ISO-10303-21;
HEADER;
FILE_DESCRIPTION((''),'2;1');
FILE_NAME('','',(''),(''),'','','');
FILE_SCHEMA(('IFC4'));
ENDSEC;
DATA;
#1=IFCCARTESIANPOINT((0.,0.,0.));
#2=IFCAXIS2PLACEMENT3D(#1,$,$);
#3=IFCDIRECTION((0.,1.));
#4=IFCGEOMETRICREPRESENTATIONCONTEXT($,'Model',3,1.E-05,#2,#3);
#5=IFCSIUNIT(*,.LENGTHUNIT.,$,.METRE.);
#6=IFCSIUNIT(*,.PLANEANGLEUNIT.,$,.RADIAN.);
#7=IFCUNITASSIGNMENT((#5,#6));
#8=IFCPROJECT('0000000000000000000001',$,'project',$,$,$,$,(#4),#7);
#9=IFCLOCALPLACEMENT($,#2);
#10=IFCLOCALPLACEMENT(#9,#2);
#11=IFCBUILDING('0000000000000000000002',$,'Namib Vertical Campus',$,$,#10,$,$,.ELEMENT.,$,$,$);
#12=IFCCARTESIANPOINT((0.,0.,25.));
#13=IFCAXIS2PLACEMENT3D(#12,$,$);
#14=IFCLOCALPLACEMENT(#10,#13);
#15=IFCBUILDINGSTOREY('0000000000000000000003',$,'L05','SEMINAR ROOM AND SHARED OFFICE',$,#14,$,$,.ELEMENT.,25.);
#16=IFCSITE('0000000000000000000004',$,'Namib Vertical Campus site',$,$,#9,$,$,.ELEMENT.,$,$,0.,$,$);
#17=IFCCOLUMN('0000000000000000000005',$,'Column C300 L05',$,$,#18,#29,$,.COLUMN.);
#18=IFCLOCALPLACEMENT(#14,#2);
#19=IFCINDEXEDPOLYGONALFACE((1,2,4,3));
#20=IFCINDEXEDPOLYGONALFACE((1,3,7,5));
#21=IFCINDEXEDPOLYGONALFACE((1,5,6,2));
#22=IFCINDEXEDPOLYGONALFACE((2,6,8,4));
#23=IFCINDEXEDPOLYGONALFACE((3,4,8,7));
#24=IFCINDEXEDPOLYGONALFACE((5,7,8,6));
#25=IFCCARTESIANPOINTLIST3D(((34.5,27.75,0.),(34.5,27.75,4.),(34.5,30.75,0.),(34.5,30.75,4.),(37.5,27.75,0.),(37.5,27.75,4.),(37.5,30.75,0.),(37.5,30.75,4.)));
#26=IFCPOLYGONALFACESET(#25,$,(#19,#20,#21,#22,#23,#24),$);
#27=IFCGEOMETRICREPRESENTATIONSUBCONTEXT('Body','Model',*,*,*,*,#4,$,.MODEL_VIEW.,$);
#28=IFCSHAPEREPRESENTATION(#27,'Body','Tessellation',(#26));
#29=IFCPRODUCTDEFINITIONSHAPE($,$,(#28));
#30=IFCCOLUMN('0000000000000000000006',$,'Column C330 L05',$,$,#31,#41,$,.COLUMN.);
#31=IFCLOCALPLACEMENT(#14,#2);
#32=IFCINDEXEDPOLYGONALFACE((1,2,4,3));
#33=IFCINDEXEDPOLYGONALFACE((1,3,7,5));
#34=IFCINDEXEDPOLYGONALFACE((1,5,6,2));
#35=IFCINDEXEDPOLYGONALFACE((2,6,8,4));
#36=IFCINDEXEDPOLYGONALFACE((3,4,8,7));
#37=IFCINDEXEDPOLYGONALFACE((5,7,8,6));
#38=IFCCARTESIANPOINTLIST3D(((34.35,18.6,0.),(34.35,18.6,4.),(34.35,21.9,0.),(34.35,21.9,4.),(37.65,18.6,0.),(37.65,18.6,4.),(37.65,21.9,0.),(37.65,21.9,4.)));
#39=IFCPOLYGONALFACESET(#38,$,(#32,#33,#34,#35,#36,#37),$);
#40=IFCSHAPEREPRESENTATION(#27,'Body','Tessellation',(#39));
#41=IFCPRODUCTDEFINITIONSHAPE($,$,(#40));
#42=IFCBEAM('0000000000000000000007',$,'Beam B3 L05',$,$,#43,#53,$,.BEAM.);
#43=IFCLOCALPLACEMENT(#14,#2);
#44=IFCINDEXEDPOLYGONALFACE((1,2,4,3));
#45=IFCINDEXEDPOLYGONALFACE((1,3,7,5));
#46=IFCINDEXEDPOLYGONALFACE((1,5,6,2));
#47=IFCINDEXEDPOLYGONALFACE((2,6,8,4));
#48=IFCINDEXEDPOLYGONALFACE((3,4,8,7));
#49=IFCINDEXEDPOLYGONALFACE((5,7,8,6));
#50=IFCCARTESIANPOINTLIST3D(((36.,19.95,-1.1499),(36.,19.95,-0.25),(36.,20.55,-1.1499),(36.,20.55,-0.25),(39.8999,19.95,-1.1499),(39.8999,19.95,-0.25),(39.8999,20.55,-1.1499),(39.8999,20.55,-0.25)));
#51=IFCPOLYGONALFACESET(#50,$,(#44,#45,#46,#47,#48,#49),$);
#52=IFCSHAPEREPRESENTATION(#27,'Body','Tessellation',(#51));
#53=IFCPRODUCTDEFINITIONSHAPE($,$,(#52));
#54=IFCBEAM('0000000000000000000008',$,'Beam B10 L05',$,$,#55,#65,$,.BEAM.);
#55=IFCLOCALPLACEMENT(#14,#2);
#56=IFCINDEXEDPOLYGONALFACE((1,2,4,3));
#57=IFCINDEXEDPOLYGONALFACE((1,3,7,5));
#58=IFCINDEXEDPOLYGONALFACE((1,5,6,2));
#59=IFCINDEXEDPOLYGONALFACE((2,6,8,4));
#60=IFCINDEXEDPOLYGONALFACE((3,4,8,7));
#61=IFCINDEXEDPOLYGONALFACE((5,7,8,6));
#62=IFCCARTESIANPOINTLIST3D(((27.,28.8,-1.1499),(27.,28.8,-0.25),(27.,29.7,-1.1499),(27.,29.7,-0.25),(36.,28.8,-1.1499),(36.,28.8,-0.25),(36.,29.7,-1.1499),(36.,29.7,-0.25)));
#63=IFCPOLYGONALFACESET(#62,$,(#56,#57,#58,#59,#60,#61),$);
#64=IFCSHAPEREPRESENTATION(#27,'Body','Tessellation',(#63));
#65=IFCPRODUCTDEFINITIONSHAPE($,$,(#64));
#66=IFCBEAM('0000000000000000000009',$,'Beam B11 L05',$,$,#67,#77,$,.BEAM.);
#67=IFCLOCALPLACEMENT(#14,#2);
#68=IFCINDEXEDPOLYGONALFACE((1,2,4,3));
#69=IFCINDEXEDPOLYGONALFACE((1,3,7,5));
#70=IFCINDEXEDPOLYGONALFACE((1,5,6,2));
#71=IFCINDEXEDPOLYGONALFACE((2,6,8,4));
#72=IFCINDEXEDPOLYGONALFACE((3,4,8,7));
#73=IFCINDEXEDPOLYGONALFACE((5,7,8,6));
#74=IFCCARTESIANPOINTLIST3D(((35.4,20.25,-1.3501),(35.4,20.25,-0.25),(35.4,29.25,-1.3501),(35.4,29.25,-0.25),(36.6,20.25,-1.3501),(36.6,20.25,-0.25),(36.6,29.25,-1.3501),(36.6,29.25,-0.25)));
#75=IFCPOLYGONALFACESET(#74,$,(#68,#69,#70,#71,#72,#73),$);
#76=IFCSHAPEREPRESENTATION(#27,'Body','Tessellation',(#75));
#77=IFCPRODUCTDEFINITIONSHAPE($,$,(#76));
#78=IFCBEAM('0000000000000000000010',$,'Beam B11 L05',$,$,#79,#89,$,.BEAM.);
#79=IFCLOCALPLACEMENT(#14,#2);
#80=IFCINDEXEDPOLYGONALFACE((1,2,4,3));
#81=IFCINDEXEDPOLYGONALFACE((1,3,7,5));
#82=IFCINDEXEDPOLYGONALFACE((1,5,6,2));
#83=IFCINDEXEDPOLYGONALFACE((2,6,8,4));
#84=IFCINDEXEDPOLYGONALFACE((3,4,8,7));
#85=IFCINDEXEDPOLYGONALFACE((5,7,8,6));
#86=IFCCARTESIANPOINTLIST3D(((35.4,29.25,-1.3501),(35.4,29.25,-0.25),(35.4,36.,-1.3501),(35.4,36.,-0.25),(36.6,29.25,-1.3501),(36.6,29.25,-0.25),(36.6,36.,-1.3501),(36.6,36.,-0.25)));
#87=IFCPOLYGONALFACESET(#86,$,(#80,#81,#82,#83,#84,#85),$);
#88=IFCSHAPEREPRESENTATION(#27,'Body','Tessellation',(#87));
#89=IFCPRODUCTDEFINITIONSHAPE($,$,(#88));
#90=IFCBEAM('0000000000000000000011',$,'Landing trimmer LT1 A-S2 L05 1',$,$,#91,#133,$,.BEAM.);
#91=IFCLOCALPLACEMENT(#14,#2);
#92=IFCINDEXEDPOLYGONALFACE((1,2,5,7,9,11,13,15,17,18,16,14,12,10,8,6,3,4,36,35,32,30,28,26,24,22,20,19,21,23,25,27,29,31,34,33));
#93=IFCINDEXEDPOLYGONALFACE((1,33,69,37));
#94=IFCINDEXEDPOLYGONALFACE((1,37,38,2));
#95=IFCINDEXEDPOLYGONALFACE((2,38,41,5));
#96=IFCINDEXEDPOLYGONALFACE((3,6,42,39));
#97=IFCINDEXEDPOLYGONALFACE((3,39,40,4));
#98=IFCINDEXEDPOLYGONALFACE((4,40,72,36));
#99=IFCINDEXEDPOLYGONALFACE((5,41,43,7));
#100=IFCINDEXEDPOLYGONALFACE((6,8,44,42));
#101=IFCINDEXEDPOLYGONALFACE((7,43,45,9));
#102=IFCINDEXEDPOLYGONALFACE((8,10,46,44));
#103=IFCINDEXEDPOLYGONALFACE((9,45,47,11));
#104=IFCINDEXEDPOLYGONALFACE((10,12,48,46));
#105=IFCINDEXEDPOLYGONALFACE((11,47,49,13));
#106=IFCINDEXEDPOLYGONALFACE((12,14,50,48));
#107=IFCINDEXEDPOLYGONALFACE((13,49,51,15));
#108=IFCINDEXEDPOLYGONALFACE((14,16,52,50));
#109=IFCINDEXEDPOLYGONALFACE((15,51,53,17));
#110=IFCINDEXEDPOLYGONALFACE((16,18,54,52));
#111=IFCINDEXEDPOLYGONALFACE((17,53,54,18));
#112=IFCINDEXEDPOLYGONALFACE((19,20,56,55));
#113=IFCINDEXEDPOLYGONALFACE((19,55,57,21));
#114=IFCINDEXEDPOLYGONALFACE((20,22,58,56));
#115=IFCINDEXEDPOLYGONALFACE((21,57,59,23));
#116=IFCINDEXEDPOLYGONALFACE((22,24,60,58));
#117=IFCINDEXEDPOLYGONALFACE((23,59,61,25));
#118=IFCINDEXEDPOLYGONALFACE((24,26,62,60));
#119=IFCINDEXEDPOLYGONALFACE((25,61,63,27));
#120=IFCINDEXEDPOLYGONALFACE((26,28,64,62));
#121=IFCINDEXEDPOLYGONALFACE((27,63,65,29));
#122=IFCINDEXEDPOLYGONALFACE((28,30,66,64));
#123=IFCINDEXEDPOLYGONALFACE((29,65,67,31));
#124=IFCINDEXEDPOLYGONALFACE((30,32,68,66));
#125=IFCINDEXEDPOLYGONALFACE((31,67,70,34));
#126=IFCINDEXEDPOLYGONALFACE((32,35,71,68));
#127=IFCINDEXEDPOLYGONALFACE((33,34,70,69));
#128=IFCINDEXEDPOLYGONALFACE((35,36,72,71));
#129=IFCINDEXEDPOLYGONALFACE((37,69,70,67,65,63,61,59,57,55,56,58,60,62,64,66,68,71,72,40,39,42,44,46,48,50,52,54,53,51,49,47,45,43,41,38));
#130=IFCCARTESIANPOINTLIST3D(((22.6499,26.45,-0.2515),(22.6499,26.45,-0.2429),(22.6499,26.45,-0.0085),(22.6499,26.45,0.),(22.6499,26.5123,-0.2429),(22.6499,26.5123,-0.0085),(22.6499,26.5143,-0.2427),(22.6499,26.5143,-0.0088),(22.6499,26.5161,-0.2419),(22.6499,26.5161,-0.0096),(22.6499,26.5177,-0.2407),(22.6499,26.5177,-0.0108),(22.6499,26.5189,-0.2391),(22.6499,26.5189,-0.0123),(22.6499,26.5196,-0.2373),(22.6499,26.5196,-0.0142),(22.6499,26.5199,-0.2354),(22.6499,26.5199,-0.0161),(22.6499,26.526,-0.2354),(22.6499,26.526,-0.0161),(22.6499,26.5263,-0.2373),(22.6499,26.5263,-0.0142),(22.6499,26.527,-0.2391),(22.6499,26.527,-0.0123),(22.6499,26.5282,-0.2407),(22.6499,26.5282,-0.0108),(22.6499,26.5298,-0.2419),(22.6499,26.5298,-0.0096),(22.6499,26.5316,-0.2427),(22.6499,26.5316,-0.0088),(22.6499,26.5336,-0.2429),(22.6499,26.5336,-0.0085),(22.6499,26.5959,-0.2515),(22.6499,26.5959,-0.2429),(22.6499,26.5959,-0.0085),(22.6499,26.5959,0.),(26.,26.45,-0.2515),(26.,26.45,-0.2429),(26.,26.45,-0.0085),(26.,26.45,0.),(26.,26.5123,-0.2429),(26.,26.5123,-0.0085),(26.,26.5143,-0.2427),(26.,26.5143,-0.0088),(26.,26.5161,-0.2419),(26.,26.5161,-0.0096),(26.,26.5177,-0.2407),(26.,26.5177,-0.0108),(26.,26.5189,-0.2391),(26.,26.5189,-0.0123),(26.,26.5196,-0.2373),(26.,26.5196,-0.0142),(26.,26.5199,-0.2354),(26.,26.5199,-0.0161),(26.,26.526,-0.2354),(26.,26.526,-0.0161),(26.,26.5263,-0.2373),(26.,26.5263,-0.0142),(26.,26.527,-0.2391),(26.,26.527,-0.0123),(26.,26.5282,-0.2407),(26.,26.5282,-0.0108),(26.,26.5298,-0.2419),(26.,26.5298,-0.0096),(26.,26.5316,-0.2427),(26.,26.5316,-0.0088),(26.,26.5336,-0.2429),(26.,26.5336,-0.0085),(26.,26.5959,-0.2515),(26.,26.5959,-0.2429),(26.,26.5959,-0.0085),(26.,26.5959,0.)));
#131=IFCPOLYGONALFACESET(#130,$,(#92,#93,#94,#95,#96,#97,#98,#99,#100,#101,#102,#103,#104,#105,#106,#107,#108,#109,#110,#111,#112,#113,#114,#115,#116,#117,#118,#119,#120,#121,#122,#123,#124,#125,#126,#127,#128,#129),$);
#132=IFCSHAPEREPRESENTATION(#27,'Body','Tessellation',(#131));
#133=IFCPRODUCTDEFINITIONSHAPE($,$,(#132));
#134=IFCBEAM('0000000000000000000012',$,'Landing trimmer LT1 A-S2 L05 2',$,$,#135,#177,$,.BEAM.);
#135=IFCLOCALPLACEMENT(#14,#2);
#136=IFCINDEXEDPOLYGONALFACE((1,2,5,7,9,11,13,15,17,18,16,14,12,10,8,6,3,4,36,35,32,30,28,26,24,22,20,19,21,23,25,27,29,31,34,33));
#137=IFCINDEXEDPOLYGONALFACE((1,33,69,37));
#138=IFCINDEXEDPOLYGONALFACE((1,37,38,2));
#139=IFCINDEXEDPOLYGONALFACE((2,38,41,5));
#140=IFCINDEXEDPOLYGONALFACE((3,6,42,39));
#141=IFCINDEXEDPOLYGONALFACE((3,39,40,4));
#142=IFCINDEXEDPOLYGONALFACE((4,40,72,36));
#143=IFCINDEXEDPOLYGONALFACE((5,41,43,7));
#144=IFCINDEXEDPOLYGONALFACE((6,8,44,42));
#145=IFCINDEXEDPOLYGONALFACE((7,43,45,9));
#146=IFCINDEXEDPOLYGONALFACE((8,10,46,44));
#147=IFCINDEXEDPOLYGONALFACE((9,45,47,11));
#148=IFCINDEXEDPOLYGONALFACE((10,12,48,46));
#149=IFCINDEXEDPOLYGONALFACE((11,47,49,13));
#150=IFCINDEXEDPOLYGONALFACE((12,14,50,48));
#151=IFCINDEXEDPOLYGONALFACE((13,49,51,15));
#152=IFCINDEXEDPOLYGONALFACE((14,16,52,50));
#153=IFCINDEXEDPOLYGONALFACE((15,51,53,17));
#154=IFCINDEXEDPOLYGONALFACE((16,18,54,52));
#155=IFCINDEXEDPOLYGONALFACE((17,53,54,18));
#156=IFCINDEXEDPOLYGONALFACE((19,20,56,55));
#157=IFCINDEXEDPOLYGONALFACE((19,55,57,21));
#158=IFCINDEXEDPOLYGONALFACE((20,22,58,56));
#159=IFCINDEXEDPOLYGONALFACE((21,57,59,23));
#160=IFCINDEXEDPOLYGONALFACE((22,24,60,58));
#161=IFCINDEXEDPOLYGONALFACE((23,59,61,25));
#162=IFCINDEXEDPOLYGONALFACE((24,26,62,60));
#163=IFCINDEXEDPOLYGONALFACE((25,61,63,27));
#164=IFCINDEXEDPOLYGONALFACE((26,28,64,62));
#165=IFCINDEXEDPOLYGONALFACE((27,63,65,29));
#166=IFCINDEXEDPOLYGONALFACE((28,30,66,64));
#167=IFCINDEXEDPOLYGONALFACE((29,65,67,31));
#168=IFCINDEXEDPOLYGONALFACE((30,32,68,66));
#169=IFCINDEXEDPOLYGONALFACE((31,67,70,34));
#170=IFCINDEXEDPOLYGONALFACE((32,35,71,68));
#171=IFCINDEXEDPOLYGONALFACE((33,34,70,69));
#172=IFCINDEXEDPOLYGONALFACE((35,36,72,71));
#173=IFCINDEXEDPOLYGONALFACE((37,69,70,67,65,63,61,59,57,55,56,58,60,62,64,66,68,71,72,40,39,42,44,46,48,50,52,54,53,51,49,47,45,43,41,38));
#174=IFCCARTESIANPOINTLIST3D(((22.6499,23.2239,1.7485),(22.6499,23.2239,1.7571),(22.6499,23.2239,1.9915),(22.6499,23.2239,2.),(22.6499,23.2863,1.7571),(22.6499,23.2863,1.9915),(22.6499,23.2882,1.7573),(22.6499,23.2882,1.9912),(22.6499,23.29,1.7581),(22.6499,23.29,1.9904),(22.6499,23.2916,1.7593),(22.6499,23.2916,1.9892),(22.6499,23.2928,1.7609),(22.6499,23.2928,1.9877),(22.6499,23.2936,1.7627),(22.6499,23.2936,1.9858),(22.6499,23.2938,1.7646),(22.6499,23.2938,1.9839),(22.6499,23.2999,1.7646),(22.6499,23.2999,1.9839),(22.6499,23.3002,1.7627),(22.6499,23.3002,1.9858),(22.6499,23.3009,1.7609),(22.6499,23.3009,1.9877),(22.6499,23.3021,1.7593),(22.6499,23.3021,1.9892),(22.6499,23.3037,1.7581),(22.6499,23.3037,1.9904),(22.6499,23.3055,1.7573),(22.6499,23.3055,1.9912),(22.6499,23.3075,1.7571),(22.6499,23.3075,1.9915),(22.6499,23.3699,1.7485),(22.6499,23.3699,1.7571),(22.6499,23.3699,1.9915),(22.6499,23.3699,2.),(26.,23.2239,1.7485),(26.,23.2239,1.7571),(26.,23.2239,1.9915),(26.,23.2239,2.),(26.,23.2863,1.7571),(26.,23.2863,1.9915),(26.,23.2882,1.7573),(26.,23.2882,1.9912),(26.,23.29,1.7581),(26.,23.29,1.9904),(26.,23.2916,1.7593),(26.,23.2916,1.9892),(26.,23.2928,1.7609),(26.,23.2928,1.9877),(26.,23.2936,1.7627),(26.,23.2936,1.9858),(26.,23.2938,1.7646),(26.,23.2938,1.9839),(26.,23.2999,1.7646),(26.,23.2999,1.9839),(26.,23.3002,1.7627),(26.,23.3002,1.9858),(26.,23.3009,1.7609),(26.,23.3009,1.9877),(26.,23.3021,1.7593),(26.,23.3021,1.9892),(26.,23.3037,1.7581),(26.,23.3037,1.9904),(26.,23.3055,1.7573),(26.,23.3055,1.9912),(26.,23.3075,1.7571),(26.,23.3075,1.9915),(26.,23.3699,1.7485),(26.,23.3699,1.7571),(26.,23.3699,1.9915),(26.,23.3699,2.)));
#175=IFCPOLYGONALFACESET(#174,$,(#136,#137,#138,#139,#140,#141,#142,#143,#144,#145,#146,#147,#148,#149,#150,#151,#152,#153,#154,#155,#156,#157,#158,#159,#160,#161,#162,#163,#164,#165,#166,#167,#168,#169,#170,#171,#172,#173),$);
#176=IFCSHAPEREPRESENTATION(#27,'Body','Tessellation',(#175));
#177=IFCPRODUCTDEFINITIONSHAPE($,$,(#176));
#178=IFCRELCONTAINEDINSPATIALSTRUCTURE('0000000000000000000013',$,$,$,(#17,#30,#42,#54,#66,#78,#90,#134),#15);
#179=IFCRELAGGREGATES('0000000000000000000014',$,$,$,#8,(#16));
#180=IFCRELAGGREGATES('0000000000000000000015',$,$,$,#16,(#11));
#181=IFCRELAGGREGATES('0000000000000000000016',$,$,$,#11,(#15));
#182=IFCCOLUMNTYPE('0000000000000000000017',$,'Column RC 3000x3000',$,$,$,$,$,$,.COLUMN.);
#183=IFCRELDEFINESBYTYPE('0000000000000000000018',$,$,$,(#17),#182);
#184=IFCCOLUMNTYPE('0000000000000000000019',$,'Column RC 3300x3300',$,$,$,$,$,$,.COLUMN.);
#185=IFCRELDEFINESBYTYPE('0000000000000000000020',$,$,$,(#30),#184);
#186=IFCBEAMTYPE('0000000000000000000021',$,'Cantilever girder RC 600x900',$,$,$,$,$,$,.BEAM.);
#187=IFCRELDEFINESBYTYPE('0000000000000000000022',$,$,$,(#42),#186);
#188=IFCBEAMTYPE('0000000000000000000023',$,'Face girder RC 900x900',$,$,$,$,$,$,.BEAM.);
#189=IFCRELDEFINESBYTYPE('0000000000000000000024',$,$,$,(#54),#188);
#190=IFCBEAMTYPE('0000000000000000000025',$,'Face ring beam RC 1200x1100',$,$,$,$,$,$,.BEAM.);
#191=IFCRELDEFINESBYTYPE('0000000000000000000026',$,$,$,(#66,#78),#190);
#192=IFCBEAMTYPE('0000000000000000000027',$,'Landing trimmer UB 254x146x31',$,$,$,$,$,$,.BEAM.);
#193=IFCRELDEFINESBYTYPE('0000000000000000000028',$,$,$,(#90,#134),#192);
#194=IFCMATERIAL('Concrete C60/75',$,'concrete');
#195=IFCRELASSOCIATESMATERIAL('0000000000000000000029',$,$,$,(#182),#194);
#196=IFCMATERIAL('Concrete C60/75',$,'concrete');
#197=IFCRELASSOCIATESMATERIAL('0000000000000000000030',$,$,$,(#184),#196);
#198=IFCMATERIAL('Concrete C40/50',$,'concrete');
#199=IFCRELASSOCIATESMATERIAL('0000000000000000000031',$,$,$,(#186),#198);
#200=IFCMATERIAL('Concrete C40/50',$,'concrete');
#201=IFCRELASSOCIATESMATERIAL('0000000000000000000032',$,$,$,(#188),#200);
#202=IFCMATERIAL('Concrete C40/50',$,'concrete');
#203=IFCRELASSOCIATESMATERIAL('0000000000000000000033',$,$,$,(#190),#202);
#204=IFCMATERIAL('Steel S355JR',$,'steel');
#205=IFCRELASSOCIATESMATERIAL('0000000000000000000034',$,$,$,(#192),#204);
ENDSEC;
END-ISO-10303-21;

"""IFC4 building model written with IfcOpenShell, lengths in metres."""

from ifc_helpers import new_model, si_unit, direction, frame, origin, origin_2d, place, context, subcontext, project, spatial, rectangle, i_section, extrude, material, material_profile, profile_set, type_object, element, save


model = new_model("IFC4")

# Units and contexts
model_context = context("Model", 3, precision=1e-05, world=origin(), true_north=direction((0.0, 1.0)))
body_context = subcontext(model_context, "Body", "Model", "MODEL_VIEW")
ifc_project = project(units=[si_unit("LENGTHUNIT", "METRE"), si_unit("PLANEANGLEUNIT", "RADIAN")], contexts=[model_context])

# Site, building, storey
site_placement = place(None, origin())
site = spatial("IfcSite", under=ifc_project, at=site_placement, Name="Namib Vertical Campus site", CompositionType="ELEMENT", RefElevation=0.0)
building_placement = place(site_placement, origin())
building = spatial("IfcBuilding", under=site, at=building_placement, Name="Namib Vertical Campus", CompositionType="ELEMENT")
storey_placement = place(building_placement, frame((0.0, 0.0, 25.0)))
storey = spatial("IfcBuildingStorey", under=building, at=storey_placement, Name="L05", Description="SEMINAR ROOM AND SHARED OFFICE", CompositionType="ELEMENT", Elevation=25.0)

# Columns
ifc_material_1 = material(Name="Concrete C60/75", Category="concrete")
ifc_material_profile_1 = material_profile(ifc_material_1, rectangle(XDim=3.0, YDim=3.0, at=origin_2d()))
ifc_profile_set_1 = profile_set([ifc_material_profile_1], Name="Concrete C60/75")
column_type_1 = type_object("IfcColumnType", Name="Column RC 3000x3000", PredefinedType="COLUMN", material=ifc_profile_set_1)
column_1_placement = place(storey_placement, frame((36.0, 29.25, 0.0), z_axis=(0.0, 0.0, 1.0), x_axis=(1.0, 0.0, 0.0)))
element("IfcColumn", 1, at=column_1_placement, inside=storey, type_object=column_type_1, Name="Column C300 L05", PredefinedType="COLUMN", context=body_context, shape_type="SweptSolid", body=[
    extrude(rectangle(XDim=3.0, YDim=3.0, at=origin_2d()), origin(), (0.0, 0.0, 1.0), 4.0),
])
ifc_material_2 = material(Name="Concrete C60/75", Category="concrete")
ifc_material_profile_2 = material_profile(ifc_material_2, rectangle(XDim=3.3, YDim=3.3, at=origin_2d()))
ifc_profile_set_2 = profile_set([ifc_material_profile_2], Name="Concrete C60/75")
column_type_2 = type_object("IfcColumnType", Name="Column RC 3300x3300", PredefinedType="COLUMN", material=ifc_profile_set_2)
column_2_placement = place(storey_placement, frame((36.0, 20.25, 0.0), z_axis=(0.0, 0.0, 1.0), x_axis=(1.0, 0.0, 0.0)))
element("IfcColumn", 2, at=column_2_placement, inside=storey, type_object=column_type_2, Name="Column C330 L05", PredefinedType="COLUMN", context=body_context, shape_type="SweptSolid", body=[
    extrude(rectangle(XDim=3.3, YDim=3.3, at=origin_2d()), origin(), (0.0, 0.0, 1.0), 4.0),
])

# Beams
ifc_material_3 = material(Name="Concrete C40/50", Category="concrete")
ifc_material_profile_3 = material_profile(ifc_material_3, rectangle(XDim=0.6001, YDim=0.8999, at=origin_2d()))
ifc_profile_set_3 = profile_set([ifc_material_profile_3], Name="Concrete C40/50")
beam_type_1 = type_object("IfcBeamType", Name="Cantilever girder RC 600x900", PredefinedType="BEAM", material=ifc_profile_set_3)
beam_1_placement = place(storey_placement, frame((36.0, 20.25, -0.7), z_axis=(1.0, 0.0, 0.0), x_axis=(0.0, 1.0, 0.0)))
element("IfcBeam", 3, at=beam_1_placement, inside=storey, type_object=beam_type_1, Name="Beam B3 L05", PredefinedType="BEAM", context=body_context, shape_type="SweptSolid", body=[
    extrude(rectangle(XDim=0.6001, YDim=0.8999, at=origin_2d()), origin(), (0.0, 0.0, 1.0), 3.8999),
])
ifc_material_4 = material(Name="Concrete C40/50", Category="concrete")
ifc_material_profile_4 = material_profile(ifc_material_4, rectangle(XDim=0.8999, YDim=0.8999, at=origin_2d()))
ifc_profile_set_4 = profile_set([ifc_material_profile_4], Name="Concrete C40/50")
beam_type_2 = type_object("IfcBeamType", Name="Face girder RC 900x900", PredefinedType="BEAM", material=ifc_profile_set_4)
beam_2_placement = place(storey_placement, frame((36.0, 29.25, -0.7), z_axis=(-1.0, 0.0, 0.0), x_axis=(0.0, -1.0, 0.0)))
element("IfcBeam", 4, at=beam_2_placement, inside=storey, type_object=beam_type_2, Name="Beam B10 L05", PredefinedType="BEAM", context=body_context, shape_type="SweptSolid", body=[
    extrude(rectangle(XDim=0.8999, YDim=0.8999, at=origin_2d()), origin(), (0.0, 0.0, 1.0), 9.0),
])
ifc_material_5 = material(Name="Concrete C40/50", Category="concrete")
ifc_material_profile_5 = material_profile(ifc_material_5, rectangle(XDim=1.2, YDim=1.1001, at=origin_2d()))
ifc_profile_set_5 = profile_set([ifc_material_profile_5], Name="Concrete C40/50")
beam_type_3 = type_object("IfcBeamType", Name="Face ring beam RC 1200x1100", PredefinedType="BEAM", material=ifc_profile_set_5)
beam_3_placement = place(storey_placement, frame((36.0, 20.25, -0.8), z_axis=(0.0, 1.0, 0.0), x_axis=(-1.0, 0.0, 0.0)))
element("IfcBeam", 5, at=beam_3_placement, inside=storey, type_object=beam_type_3, Name="Beam B11 L05", PredefinedType="BEAM", context=body_context, shape_type="SweptSolid", body=[
    extrude(rectangle(XDim=1.2, YDim=1.1001, at=origin_2d()), origin(), (0.0, 0.0, 1.0), 9.0),
])
beam_4_placement = place(storey_placement, frame((36.0, 29.25, -0.8), z_axis=(0.0, 1.0, 0.0), x_axis=(-1.0, 0.0, 0.0)))
element("IfcBeam", 6, at=beam_4_placement, inside=storey, type_object=beam_type_3, Name="Beam B11 L05", PredefinedType="BEAM", context=body_context, shape_type="SweptSolid", body=[
    extrude(rectangle(XDim=1.2, YDim=1.1001, at=origin_2d()), origin(), (0.0, 0.0, 1.0), 6.75),
])
ifc_material_6 = material(Name="Steel S355JR", Category="steel")
ifc_material_profile_6 = material_profile(ifc_material_6, i_section(OverallWidth=0.146, OverallDepth=0.2515, WebThickness=0.0061, FlangeThickness=0.0085, FilletRadius=0.0076, at=origin_2d()))
ifc_profile_set_6 = profile_set([ifc_material_profile_6], Name="Steel S355JR")
beam_type_4 = type_object("IfcBeamType", Name="Landing trimmer UB 254x146x31", PredefinedType="BEAM", material=ifc_profile_set_6)
for number, where, z_axis, x_axis, name in (
    (7, (22.6499, 26.5229, -0.1257), (1.0, 0.0, 0.0), (0.0, 1.0, 0.0), "Landing trimmer LT1 A-S2 L05 1"),
    (8, (22.6499, 23.2969, 1.8743), (1.0, 0.0, 0.0), (0.0, 1.0, 0.0), "Landing trimmer LT1 A-S2 L05 2"),
):
    element("IfcBeam", number, at=place(storey_placement, frame(where, z_axis=z_axis, x_axis=x_axis)), inside=storey, type_object=beam_type_4, Name=name, PredefinedType="BEAM", context=body_context, shape_type="SweptSolid", body=[
        extrude(i_section(OverallWidth=0.146, OverallDepth=0.2515, WebThickness=0.0061, FlangeThickness=0.0085, FilletRadius=0.0076, at=origin_2d()), origin(), (0.0, 0.0, 1.0), 3.3501),
    ])

save(model, "model.ifc")
